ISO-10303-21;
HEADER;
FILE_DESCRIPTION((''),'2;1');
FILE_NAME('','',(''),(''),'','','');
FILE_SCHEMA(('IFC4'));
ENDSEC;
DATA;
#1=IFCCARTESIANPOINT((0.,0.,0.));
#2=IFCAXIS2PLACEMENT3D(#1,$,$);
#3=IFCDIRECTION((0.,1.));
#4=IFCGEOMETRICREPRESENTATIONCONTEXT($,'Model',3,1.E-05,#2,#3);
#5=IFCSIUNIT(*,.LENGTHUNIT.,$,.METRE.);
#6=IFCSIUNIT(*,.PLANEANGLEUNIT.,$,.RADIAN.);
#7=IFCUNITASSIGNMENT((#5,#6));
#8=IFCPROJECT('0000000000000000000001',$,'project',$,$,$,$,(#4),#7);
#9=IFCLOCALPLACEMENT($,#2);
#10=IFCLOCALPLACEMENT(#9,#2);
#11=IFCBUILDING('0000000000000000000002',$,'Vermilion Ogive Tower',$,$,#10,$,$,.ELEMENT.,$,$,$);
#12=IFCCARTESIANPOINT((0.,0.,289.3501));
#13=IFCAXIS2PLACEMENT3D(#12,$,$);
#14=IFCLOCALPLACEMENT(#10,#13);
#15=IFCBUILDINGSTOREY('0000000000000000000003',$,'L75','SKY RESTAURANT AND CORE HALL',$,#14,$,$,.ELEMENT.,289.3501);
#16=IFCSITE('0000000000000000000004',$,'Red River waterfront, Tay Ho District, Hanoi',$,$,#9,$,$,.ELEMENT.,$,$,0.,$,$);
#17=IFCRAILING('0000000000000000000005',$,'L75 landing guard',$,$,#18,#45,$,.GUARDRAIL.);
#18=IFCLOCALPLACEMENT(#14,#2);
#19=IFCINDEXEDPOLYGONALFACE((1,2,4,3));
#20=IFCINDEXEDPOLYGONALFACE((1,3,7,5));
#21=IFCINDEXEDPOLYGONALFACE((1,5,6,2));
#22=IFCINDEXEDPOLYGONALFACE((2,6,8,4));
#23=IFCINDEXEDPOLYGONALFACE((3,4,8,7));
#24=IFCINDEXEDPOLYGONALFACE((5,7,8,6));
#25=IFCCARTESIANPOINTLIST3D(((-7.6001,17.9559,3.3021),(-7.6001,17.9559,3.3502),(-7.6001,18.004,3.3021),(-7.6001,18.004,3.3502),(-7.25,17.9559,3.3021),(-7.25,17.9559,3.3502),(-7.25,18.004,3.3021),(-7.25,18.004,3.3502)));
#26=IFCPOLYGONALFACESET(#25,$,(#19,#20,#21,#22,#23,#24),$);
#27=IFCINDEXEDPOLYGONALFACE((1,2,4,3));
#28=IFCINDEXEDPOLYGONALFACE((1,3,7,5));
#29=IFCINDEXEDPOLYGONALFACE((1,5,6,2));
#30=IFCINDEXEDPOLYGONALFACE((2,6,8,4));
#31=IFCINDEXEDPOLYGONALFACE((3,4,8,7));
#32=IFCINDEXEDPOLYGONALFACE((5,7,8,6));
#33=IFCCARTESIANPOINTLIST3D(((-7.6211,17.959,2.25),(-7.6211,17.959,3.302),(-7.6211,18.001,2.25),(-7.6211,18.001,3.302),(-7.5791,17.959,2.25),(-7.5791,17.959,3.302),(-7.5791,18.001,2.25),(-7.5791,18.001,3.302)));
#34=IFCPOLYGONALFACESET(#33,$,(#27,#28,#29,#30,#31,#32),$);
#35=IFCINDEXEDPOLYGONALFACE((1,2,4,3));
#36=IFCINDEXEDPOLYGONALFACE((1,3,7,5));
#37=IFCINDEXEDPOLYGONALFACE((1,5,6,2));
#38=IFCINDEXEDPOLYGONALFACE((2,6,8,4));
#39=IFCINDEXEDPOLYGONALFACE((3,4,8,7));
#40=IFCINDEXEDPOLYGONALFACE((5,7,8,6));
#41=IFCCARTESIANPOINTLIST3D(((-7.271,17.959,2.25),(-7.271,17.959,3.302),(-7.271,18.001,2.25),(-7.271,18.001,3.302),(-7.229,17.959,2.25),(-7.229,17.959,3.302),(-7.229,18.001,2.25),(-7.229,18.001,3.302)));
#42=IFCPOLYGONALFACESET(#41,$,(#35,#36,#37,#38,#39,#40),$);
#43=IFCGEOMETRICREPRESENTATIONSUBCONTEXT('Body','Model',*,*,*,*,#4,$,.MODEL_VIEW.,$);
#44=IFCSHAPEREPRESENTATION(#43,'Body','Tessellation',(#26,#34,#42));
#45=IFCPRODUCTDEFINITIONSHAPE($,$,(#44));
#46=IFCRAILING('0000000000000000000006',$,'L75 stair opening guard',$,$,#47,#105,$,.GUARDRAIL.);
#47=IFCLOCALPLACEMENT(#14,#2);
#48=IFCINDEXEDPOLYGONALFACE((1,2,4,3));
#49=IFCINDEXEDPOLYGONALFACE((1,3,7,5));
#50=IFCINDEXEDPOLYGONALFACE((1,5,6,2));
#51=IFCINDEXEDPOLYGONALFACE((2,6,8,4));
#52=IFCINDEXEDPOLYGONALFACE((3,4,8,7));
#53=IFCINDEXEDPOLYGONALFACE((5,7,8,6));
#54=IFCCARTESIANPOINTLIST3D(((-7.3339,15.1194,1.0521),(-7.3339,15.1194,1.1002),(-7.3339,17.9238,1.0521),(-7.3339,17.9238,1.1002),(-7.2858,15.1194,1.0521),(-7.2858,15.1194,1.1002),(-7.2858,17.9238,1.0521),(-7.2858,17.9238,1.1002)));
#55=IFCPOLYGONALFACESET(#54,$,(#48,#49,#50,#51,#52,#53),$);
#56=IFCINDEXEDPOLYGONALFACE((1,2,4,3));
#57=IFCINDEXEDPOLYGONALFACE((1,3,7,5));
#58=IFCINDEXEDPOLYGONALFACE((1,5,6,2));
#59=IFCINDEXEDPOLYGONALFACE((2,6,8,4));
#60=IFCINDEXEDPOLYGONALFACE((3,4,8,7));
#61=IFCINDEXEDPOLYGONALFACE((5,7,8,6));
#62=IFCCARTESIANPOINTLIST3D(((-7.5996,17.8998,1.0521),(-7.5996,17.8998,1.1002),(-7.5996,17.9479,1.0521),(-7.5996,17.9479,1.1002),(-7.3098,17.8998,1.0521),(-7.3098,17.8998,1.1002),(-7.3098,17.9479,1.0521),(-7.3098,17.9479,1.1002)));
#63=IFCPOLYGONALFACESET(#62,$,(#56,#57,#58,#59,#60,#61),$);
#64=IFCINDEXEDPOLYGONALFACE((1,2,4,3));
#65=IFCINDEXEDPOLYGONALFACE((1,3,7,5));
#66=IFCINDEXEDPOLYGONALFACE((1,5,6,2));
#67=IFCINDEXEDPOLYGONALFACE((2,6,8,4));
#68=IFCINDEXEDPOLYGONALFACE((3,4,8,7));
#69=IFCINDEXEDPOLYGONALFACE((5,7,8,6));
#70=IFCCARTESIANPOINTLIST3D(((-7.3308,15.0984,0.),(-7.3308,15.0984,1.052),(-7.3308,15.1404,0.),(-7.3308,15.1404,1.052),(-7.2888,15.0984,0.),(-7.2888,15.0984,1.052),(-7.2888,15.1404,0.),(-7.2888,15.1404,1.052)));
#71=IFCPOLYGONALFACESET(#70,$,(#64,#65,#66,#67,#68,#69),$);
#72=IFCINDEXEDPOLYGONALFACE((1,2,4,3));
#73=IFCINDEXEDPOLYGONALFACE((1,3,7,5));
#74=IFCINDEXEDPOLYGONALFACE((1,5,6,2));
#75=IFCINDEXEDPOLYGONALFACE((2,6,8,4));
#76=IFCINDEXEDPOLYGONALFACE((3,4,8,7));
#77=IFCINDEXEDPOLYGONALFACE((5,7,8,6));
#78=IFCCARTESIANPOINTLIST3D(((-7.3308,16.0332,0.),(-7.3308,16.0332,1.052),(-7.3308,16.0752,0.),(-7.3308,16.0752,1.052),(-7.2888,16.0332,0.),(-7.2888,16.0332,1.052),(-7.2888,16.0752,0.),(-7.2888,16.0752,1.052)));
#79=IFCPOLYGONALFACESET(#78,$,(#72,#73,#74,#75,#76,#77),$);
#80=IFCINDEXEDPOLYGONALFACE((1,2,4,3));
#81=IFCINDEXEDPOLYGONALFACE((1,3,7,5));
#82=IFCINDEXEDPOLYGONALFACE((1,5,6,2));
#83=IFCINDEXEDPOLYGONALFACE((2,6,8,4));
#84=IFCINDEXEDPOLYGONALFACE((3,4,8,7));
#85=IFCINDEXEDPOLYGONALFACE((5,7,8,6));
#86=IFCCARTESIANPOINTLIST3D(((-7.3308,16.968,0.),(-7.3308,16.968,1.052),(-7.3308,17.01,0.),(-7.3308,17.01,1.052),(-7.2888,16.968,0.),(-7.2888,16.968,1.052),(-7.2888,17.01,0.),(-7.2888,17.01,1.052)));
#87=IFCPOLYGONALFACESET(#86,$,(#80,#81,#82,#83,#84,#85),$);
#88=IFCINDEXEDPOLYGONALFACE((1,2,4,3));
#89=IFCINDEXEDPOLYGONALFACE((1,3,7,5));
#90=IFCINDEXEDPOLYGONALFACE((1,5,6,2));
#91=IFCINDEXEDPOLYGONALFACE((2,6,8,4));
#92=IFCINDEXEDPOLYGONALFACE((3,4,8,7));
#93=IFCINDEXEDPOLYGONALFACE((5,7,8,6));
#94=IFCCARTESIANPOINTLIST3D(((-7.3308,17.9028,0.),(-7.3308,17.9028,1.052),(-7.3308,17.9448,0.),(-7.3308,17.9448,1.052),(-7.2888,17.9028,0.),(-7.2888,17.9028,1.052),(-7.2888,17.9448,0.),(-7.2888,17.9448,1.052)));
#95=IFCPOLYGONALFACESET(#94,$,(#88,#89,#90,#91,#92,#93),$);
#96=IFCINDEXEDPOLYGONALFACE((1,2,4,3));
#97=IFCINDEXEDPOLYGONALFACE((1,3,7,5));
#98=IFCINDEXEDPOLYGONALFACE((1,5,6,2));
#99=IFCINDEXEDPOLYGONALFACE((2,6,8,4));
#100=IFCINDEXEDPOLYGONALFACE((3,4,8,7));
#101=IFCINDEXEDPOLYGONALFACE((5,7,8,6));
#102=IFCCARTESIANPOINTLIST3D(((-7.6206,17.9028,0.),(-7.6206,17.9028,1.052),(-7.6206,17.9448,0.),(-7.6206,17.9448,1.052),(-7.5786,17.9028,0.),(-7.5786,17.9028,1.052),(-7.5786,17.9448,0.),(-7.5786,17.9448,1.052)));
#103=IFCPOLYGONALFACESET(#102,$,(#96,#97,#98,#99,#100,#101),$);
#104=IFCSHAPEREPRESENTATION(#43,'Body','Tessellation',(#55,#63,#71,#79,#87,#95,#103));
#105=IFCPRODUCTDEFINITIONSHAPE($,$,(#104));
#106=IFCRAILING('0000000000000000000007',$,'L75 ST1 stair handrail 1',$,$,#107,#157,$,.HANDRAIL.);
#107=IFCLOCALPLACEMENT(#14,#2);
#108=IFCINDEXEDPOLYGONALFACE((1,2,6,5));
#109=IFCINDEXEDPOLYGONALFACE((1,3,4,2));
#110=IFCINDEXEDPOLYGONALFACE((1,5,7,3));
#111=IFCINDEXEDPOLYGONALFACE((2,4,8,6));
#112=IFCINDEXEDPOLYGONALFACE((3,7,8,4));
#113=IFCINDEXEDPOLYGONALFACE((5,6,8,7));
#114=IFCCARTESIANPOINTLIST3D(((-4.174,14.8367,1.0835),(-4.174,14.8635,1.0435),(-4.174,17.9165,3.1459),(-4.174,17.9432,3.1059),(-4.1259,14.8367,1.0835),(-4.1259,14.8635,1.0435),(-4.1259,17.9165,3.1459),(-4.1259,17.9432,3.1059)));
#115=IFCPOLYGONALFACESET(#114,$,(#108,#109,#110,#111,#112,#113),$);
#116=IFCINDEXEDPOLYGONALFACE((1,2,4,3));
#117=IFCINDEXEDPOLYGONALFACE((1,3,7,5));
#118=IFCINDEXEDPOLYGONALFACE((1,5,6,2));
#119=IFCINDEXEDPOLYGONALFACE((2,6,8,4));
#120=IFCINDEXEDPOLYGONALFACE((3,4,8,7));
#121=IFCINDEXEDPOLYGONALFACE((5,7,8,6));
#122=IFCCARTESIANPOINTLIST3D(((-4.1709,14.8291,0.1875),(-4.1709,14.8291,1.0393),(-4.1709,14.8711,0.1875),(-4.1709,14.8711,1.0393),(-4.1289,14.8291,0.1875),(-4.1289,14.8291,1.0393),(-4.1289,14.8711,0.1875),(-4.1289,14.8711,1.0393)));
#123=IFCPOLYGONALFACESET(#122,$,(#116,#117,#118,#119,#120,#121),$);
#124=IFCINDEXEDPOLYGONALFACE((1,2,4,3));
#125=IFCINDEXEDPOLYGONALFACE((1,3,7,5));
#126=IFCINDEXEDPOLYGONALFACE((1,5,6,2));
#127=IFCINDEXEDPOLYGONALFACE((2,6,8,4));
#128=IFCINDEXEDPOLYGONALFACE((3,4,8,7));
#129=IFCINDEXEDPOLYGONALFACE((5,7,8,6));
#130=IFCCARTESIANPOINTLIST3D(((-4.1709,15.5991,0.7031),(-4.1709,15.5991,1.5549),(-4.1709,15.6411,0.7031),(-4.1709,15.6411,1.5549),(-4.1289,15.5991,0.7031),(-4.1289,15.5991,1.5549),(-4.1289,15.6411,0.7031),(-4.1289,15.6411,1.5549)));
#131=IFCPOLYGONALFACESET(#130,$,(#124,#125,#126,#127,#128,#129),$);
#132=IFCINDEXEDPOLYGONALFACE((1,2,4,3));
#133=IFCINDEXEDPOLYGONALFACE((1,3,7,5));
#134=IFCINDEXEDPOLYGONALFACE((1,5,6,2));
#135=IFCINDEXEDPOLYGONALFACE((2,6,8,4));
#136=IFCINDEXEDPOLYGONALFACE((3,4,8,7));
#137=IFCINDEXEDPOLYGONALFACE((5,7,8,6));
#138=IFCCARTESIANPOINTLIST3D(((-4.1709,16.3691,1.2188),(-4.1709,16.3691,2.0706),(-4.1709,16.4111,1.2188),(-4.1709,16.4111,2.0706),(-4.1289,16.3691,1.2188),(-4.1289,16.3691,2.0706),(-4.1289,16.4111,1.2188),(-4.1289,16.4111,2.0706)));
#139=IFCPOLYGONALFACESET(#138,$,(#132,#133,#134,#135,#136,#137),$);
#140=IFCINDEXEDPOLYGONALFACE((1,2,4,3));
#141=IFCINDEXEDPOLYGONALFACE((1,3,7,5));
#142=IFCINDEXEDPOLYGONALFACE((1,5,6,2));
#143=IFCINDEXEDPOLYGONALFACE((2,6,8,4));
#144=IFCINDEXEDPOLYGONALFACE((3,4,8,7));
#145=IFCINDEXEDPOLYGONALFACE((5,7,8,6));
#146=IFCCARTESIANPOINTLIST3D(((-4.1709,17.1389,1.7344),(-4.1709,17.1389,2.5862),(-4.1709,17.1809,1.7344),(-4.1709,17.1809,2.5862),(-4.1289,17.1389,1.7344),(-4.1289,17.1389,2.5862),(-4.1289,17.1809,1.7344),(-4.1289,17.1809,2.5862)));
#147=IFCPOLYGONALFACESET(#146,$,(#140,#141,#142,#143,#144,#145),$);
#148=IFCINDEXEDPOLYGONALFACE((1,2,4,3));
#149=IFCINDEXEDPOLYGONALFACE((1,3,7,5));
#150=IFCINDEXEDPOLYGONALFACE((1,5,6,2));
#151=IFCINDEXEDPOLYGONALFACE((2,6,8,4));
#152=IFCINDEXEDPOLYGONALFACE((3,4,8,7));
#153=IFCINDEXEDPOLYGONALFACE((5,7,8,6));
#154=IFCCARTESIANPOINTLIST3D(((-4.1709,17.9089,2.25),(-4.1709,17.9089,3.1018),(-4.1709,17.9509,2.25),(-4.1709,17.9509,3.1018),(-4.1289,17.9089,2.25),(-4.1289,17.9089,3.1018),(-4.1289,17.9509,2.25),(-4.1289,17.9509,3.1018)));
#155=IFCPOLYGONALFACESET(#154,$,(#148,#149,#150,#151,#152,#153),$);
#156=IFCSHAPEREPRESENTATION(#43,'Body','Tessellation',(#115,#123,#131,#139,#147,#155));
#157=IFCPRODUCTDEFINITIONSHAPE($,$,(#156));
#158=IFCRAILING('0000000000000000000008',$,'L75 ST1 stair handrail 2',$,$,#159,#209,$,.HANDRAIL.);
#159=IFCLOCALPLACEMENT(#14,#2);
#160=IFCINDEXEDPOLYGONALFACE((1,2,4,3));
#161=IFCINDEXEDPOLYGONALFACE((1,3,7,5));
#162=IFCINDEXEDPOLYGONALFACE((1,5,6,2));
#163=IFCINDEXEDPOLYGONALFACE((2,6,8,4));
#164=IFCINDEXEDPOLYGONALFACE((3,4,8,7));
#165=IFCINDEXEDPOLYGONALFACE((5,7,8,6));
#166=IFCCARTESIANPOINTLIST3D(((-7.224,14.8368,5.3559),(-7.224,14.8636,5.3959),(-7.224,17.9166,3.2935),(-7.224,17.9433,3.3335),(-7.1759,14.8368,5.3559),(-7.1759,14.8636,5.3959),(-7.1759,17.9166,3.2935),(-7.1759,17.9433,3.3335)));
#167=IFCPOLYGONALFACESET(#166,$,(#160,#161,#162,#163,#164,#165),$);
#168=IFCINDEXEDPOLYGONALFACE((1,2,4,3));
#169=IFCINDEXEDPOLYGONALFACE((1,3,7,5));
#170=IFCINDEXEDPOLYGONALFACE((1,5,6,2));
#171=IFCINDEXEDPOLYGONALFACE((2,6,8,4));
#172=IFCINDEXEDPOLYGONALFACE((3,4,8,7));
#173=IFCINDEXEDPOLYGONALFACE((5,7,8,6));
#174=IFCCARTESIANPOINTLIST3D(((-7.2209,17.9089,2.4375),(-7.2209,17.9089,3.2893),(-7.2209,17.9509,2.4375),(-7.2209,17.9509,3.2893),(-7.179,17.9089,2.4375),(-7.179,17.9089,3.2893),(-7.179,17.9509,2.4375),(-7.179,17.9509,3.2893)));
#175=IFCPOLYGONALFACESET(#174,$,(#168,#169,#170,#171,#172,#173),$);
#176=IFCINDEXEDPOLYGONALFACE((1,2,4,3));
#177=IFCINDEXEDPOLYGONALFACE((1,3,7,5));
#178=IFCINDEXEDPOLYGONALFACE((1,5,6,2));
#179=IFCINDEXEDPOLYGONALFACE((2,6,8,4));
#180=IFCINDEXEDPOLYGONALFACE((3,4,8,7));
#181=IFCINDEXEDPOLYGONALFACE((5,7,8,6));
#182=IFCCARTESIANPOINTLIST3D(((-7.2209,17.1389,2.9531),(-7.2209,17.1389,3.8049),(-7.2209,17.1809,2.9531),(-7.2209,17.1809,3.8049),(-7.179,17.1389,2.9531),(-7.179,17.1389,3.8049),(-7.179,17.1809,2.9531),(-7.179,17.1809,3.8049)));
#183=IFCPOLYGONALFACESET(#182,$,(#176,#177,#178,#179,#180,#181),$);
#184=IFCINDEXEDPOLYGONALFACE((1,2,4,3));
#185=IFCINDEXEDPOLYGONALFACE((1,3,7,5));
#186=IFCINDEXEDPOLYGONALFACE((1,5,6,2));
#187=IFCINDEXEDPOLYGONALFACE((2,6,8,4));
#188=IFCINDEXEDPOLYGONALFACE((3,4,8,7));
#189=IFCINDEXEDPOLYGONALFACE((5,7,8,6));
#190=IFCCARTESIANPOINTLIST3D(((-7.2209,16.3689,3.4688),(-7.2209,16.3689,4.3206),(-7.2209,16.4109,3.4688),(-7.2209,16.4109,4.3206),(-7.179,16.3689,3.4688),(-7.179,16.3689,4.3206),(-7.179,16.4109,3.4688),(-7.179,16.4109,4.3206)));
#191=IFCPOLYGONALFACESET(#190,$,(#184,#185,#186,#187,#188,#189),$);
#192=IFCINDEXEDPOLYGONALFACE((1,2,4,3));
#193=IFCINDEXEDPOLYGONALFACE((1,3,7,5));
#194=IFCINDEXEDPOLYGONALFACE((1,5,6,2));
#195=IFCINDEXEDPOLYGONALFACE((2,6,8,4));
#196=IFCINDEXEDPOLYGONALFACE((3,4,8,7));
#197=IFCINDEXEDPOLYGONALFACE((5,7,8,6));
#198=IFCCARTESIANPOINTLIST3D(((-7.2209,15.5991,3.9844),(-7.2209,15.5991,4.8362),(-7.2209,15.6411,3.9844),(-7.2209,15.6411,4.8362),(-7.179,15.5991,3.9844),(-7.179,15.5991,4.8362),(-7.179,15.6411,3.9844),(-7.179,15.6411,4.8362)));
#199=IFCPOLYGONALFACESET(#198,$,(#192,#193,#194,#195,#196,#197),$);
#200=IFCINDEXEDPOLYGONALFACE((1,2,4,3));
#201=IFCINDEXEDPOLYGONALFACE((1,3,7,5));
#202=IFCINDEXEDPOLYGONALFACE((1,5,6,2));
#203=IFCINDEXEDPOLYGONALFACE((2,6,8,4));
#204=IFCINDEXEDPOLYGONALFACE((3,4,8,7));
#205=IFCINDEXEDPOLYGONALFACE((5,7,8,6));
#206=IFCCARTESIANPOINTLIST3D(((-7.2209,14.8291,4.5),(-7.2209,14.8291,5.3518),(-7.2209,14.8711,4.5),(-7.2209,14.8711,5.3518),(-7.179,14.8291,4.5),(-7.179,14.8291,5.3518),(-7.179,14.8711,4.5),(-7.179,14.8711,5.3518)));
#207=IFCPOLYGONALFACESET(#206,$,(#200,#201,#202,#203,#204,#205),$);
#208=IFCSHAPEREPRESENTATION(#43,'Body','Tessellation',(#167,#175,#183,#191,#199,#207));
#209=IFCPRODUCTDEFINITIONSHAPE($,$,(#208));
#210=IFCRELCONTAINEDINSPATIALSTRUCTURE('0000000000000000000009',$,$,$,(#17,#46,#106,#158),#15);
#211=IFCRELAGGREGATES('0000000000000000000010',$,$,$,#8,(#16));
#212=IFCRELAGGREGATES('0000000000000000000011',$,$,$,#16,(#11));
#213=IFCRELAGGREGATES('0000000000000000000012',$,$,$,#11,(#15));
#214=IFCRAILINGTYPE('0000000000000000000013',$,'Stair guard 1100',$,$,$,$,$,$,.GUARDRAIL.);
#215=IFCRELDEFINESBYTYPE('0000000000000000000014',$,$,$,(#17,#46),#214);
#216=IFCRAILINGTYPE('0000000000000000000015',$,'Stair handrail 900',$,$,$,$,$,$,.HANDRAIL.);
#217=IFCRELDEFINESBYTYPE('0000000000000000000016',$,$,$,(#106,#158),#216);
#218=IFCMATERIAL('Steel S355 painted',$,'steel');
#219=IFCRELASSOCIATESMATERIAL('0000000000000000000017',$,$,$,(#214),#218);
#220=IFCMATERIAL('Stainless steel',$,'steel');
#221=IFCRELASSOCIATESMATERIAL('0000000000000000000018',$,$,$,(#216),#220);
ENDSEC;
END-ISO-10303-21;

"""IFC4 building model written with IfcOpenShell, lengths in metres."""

from ifc_helpers import new_model, si_unit, direction, frame, origin, origin_2d, place, context, subcontext, project, spatial, rectangle, extrude, material, type_object, element, save


model = new_model("IFC4")

# Units and contexts
model_context = context("Model", 3, precision=1e-05, world=origin(), true_north=direction((0.0, 1.0)))
body_context = subcontext(model_context, "Body", "Model", "MODEL_VIEW")
ifc_project = project(units=[si_unit("LENGTHUNIT", "METRE"), si_unit("PLANEANGLEUNIT", "RADIAN")], contexts=[model_context])

# Site, building, storey
site_placement = place(None, origin())
site = spatial("IfcSite", under=ifc_project, at=site_placement, Name="Red River waterfront, Tay Ho District, Hanoi", CompositionType="ELEMENT", RefElevation=0.0)
building_placement = place(site_placement, origin())
building = spatial("IfcBuilding", under=site, at=building_placement, Name="Vermilion Ogive Tower", CompositionType="ELEMENT")
storey_placement = place(building_placement, frame((0.0, 0.0, 289.3501)))
storey = spatial("IfcBuildingStorey", under=building, at=storey_placement, Name="L75", Description="SKY RESTAURANT AND CORE HALL", CompositionType="ELEMENT", Elevation=289.3501)

# Railings
ifc_material_1 = material(Name="Steel S355 painted", Category="steel")
railing_type_1 = type_object("IfcRailingType", Name="Stair guard 1100", PredefinedType="GUARDRAIL", material=ifc_material_1)
railing_1_placement = place(storey_placement, frame((-7.6001, 17.98, 2.25)))
element("IfcRailing", 1, at=railing_1_placement, inside=storey, type_object=railing_type_1, Name="L75 landing guard", PredefinedType="GUARDRAIL", context=body_context, shape_type="SweptSolid", body=[
    extrude(rectangle(XDim=0.0481, YDim=0.0481, at=origin_2d()), frame((0.0, 0.0, 1.0762), z_axis=(1.0, 0.0, 0.0), x_axis=(0.0, 1.0, 0.0)), (0.0, 0.0, 1.0), 0.3501),
    extrude(rectangle(XDim=0.042, YDim=0.042, at=origin_2d()), origin(), (0.0, 0.0, 1.0), 1.052),
    extrude(rectangle(XDim=0.042, YDim=0.042, at=origin_2d()), frame((0.3501, 0.0, 0.0)), (0.0, 0.0, 1.0), 1.052),
])
railing_2_placement = place(storey_placement, frame((-7.3098, 15.1194, 0.0)))
element("IfcRailing", 2, at=railing_2_placement, inside=storey, type_object=railing_type_1, Name="L75 stair opening guard", PredefinedType="GUARDRAIL", context=body_context, shape_type="SweptSolid", body=[
    extrude(rectangle(XDim=0.0481, YDim=0.0481, at=origin_2d()), frame((0.0, 0.0, 1.0762), z_axis=(0.0, 1.0, 0.0), x_axis=(-1.0, 0.0, 0.0)), (0.0, 0.0, 1.0), 2.8044),
    extrude(rectangle(XDim=0.0481, YDim=0.0481, at=origin_2d()), frame((0.0, 2.8044, 1.0762), z_axis=(-1.0, 0.0, 0.0), x_axis=(0.0, -1.0, 0.0)), (0.0, 0.0, 1.0), 0.2898),
    extrude(rectangle(XDim=0.042, YDim=0.042, at=origin_2d()), origin(), (0.0, 0.0, 1.0), 1.052),
    extrude(rectangle(XDim=0.042, YDim=0.042, at=origin_2d()), frame((0.0, 0.9348, 0.0)), (0.0, 0.0, 1.0), 1.052),
    extrude(rectangle(XDim=0.042, YDim=0.042, at=origin_2d()), frame((0.0, 1.8696, 0.0)), (0.0, 0.0, 1.0), 1.052),
    extrude(rectangle(XDim=0.042, YDim=0.042, at=origin_2d()), frame((0.0, 2.8044, 0.0)), (0.0, 0.0, 1.0), 1.052),
    extrude(rectangle(XDim=0.042, YDim=0.042, at=origin_2d()), frame((-0.2898, 2.8044, 0.0)), (0.0, 0.0, 1.0), 1.052),
])
ifc_material_2 = material(Name="Stainless steel", Category="steel")
railing_type_2 = type_object("IfcRailingType", Name="Stair handrail 900", PredefinedType="HANDRAIL", material=ifc_material_2)
railing_3_placement = place(storey_placement, frame((-4.1499, 14.8501, 0.1875)))
element("IfcRailing", 3, at=railing_3_placement, inside=storey, type_object=railing_type_2, Name="L75 ST1 stair handrail 1", PredefinedType="HANDRAIL", context=body_context, shape_type="SweptSolid", body=[
    extrude(rectangle(XDim=0.0481, YDim=0.0481, at=origin_2d()), frame((0.0, 0.0, 0.876), z_axis=(0.0, 0.830893, 0.556432), x_axis=(-1.0, 0.0, 0.0)), (0.0, 0.0, 1.0), 3.7065),
    extrude(rectangle(XDim=0.042, YDim=0.042, at=origin_2d()), origin(), (0.0, 0.0, 1.0), 0.8518),
    extrude(rectangle(XDim=0.042, YDim=0.042, at=origin_2d()), frame((0.0, 0.77, 0.5156)), (0.0, 0.0, 1.0), 0.8518),
    extrude(rectangle(XDim=0.042, YDim=0.042, at=origin_2d()), frame((0.0, 1.54, 1.0312)), (0.0, 0.0, 1.0), 0.8518),
    extrude(rectangle(XDim=0.042, YDim=0.042, at=origin_2d()), frame((0.0, 2.3098, 1.5469)), (0.0, 0.0, 1.0), 0.8518),
    extrude(rectangle(XDim=0.042, YDim=0.042, at=origin_2d()), frame((0.0, 3.0798, 2.0625)), (0.0, 0.0, 1.0), 0.8518),
])
railing_4_placement = place(storey_placement, frame((-7.2, 17.9299, 2.4375)))
element("IfcRailing", 4, at=railing_4_placement, inside=storey, type_object=railing_type_2, Name="L75 ST1 stair handrail 2", PredefinedType="HANDRAIL", context=body_context, shape_type="SweptSolid", body=[
    extrude(rectangle(XDim=0.0481, YDim=0.0481, at=origin_2d()), frame((0.0, 0.0, 0.876), z_axis=(0.0, -0.830893, 0.556432), x_axis=(1.0, 0.0, 0.0)), (0.0, 0.0, 1.0), 3.7065),
    extrude(rectangle(XDim=0.042, YDim=0.042, at=origin_2d()), origin(), (0.0, 0.0, 1.0), 0.8518),
    extrude(rectangle(XDim=0.042, YDim=0.042, at=origin_2d()), frame((0.0, -0.77, 0.5156)), (0.0, 0.0, 1.0), 0.8518),
    extrude(rectangle(XDim=0.042, YDim=0.042, at=origin_2d()), frame((0.0, -1.54, 1.0312)), (0.0, 0.0, 1.0), 0.8518),
    extrude(rectangle(XDim=0.042, YDim=0.042, at=origin_2d()), frame((0.0, -2.3098, 1.5469)), (0.0, 0.0, 1.0), 0.8518),
    extrude(rectangle(XDim=0.042, YDim=0.042, at=origin_2d()), frame((0.0, -3.0798, 2.0625)), (0.0, 0.0, 1.0), 0.8518),
])

save(model, "model.ifc")
